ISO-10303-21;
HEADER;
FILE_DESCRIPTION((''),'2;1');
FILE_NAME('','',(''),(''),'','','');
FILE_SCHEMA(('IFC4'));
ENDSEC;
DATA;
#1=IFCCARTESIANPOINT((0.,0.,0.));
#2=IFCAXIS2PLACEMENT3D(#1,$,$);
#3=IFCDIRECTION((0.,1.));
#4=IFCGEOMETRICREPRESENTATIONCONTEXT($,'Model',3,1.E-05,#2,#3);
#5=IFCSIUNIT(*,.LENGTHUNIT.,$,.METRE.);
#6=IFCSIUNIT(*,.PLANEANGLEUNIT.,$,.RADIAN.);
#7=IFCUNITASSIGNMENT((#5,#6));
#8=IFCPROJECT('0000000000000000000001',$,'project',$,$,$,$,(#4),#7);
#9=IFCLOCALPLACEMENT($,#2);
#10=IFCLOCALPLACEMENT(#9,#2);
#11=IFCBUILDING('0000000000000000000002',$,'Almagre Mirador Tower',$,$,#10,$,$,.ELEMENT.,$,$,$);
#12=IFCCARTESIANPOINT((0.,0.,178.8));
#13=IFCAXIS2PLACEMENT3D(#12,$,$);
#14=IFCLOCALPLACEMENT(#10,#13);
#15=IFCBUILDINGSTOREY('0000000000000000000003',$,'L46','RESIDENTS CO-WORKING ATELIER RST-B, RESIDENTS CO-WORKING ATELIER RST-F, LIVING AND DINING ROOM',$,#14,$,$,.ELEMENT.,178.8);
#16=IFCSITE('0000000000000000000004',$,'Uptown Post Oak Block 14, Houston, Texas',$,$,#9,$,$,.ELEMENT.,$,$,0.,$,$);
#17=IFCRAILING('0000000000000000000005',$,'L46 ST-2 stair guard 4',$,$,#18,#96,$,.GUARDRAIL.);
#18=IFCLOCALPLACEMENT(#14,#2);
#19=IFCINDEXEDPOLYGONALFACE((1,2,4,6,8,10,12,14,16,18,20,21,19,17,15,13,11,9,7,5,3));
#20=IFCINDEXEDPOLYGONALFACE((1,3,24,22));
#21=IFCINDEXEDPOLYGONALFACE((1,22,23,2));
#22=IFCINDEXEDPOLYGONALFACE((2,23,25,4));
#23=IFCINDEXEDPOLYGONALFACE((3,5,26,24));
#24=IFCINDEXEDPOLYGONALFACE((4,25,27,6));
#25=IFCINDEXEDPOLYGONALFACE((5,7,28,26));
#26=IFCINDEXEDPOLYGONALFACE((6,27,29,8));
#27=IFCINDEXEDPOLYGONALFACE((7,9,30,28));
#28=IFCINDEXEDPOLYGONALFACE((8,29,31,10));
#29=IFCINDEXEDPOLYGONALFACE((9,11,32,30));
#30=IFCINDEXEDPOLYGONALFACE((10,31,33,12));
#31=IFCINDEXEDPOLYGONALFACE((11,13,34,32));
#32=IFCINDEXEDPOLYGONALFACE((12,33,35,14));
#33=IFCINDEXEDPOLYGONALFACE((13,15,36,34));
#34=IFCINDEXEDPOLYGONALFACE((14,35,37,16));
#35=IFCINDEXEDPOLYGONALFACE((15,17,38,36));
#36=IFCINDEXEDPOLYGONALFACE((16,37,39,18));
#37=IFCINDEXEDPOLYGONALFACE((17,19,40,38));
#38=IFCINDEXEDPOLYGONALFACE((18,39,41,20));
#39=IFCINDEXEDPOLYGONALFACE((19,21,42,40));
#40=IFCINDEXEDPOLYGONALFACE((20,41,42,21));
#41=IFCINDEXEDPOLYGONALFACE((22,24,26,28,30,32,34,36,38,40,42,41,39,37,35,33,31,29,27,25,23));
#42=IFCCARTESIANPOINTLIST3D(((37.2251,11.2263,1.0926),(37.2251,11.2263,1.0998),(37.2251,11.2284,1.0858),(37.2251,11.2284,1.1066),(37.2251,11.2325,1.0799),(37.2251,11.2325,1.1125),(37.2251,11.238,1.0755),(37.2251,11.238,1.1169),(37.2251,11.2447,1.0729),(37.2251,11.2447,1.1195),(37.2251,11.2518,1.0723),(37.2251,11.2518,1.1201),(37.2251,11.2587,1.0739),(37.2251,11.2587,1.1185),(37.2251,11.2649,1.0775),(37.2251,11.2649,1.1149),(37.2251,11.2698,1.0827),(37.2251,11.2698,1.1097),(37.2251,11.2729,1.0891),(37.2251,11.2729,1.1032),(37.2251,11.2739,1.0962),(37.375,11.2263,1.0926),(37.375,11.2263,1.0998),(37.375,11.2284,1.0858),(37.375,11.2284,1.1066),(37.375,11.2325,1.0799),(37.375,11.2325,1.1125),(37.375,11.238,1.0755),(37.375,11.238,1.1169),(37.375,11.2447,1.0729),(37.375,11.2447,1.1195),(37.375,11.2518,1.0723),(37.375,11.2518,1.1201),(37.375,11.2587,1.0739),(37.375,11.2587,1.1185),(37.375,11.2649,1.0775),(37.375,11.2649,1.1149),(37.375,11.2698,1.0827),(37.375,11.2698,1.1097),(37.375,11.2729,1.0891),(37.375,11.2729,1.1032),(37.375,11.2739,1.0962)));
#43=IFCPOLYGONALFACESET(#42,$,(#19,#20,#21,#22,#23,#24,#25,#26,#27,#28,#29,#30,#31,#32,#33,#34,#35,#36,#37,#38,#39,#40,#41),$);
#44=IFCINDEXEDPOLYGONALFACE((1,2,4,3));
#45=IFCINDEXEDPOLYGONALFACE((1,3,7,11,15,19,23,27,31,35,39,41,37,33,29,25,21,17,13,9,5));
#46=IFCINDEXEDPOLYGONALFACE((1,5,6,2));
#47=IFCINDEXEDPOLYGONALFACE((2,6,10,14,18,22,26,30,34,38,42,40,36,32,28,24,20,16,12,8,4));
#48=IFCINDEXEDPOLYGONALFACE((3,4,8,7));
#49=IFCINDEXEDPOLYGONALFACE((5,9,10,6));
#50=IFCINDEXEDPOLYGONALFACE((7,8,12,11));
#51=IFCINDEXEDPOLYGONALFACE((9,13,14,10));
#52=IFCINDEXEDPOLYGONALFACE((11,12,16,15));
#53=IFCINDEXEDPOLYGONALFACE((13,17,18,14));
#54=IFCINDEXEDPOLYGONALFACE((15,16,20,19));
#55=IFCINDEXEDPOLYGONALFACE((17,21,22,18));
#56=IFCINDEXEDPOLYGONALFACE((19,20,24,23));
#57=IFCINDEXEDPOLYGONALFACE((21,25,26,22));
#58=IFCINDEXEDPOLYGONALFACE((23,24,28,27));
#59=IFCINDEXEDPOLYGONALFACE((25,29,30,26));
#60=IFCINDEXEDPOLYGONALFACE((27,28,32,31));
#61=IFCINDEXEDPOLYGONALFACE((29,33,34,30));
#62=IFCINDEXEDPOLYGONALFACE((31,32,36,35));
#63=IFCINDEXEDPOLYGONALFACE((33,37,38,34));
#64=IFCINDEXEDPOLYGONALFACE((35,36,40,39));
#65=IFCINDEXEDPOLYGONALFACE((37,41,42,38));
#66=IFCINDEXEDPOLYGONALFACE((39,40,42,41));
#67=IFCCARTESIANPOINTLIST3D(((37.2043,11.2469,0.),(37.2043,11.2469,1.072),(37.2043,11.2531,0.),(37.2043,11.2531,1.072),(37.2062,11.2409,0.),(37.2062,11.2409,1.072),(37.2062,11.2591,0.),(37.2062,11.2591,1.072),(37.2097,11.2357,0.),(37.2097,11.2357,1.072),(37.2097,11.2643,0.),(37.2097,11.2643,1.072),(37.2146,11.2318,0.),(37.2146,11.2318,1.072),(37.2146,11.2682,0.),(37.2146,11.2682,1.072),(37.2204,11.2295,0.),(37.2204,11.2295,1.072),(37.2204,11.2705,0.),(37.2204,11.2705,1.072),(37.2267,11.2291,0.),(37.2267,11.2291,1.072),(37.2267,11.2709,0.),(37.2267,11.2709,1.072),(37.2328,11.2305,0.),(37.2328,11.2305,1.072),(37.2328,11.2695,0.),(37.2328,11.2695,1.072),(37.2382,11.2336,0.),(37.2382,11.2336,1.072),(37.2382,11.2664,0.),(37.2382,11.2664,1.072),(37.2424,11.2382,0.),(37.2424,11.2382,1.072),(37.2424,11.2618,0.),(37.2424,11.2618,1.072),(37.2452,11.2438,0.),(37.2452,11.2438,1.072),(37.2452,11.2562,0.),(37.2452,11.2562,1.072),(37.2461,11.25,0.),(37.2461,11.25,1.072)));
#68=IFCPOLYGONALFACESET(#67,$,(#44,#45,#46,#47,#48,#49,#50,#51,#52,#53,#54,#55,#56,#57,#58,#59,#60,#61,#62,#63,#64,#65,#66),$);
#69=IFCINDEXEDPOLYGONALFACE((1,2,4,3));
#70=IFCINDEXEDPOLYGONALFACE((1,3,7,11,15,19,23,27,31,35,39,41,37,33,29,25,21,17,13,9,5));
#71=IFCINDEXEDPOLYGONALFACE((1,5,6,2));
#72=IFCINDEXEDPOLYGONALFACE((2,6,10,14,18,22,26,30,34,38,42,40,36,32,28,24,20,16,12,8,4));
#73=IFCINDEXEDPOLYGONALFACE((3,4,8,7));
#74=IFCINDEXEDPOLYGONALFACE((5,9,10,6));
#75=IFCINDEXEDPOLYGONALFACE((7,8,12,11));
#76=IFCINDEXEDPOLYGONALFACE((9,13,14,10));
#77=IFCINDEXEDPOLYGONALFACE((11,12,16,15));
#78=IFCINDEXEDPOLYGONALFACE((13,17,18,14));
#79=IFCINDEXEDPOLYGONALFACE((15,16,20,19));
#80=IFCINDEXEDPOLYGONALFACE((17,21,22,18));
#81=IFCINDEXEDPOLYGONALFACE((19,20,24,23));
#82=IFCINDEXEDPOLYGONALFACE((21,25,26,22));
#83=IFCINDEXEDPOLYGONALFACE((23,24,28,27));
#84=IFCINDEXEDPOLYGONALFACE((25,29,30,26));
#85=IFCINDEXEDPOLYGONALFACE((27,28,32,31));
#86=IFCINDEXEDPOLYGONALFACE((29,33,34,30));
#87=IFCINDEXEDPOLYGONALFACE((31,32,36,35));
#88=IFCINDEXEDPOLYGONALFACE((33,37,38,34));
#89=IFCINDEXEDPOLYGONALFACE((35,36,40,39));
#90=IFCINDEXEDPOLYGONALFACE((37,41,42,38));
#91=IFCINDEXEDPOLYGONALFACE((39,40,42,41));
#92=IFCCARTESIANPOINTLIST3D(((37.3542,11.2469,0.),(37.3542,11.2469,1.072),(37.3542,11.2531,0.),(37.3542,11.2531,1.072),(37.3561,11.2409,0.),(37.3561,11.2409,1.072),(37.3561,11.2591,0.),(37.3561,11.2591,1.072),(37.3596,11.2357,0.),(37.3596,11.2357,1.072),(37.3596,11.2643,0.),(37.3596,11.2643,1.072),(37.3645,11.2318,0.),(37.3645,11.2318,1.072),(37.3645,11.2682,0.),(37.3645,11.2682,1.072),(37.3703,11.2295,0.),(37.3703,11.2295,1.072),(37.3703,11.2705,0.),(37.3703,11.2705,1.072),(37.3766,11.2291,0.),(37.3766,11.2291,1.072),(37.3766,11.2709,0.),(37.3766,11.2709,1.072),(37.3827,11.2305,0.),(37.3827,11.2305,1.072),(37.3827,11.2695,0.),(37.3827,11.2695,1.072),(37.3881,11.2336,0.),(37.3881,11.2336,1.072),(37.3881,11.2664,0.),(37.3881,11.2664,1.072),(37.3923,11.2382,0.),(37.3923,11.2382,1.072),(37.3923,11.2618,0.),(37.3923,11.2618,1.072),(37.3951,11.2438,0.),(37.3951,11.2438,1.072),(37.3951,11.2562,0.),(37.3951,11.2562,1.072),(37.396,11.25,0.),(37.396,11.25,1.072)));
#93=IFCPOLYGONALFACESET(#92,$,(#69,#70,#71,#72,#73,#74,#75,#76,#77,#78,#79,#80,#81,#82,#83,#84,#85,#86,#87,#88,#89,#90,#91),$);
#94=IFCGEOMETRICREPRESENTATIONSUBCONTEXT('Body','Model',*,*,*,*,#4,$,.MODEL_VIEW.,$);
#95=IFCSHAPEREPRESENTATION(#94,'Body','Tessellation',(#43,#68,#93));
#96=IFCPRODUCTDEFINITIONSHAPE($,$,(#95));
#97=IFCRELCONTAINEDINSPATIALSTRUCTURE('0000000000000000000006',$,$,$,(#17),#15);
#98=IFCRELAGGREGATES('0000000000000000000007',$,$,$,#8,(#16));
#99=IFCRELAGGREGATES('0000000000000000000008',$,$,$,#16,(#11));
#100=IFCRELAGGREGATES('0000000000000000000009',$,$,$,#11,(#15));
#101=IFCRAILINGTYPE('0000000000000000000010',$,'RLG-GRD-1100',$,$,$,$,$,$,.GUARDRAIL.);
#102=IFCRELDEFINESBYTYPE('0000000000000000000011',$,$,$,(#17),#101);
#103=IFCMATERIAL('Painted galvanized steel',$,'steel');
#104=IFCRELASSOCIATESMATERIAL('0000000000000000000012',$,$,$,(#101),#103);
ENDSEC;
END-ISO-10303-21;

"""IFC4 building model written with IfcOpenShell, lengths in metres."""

from ifc_helpers import new_model, si_unit, direction, frame, origin, origin_2d, place, context, subcontext, project, spatial, circle, extrude, material, type_object, element, save


model = new_model("IFC4")

# Units and contexts
model_context = context("Model", 3, precision=1e-05, world=origin(), true_north=direction((0.0, 1.0)))
body_context = subcontext(model_context, "Body", "Model", "MODEL_VIEW")
ifc_project = project(units=[si_unit("LENGTHUNIT", "METRE"), si_unit("PLANEANGLEUNIT", "RADIAN")], contexts=[model_context])

# Site, building, storey
site_placement = place(None, origin())
site = spatial("IfcSite", under=ifc_project, at=site_placement, Name="Uptown Post Oak Block 14, Houston, Texas", CompositionType="ELEMENT", RefElevation=0.0)
building_placement = place(site_placement, origin())
building = spatial("IfcBuilding", under=site, at=building_placement, Name="Almagre Mirador Tower", CompositionType="ELEMENT")
storey_placement = place(building_placement, frame((0.0, 0.0, 178.8)))
storey = spatial("IfcBuildingStorey", under=building, at=storey_placement, Name="L46", Description="RESIDENTS CO-WORKING ATELIER RST-B, RESIDENTS CO-WORKING ATELIER RST-F, LIVING AND DINING ROOM", CompositionType="ELEMENT", Elevation=178.8)

# Railing
ifc_material_1 = material(Name="Painted galvanized steel", Category="steel")
railing_type_1 = type_object("IfcRailingType", Name="RLG-GRD-1100", PredefinedType="GUARDRAIL", material=ifc_material_1)
railing_1_placement = place(storey_placement, frame((37.2251, 11.25, 0.0)))
element("IfcRailing", 1, at=railing_1_placement, inside=storey, type_object=railing_type_1, Name="L46 ST-2 stair guard 4", PredefinedType="GUARDRAIL", context=body_context, shape_type="SweptSolid", body=[
    extrude(circle(Radius=0.0239, at=origin_2d()), frame((0.0, 0.0, 1.0962), z_axis=(1.0, 0.0, 0.0), x_axis=(0.0, 1.0, 0.0)), (0.0, 0.0, 1.0), 0.1499),
    extrude(circle(Radius=0.021, at=origin_2d()), origin(), (0.0, 0.0, 1.0), 1.072),
    extrude(circle(Radius=0.021, at=origin_2d()), frame((0.1499, 0.0, 0.0)), (0.0, 0.0, 1.0), 1.072),
])

save(model, "model.ifc")
